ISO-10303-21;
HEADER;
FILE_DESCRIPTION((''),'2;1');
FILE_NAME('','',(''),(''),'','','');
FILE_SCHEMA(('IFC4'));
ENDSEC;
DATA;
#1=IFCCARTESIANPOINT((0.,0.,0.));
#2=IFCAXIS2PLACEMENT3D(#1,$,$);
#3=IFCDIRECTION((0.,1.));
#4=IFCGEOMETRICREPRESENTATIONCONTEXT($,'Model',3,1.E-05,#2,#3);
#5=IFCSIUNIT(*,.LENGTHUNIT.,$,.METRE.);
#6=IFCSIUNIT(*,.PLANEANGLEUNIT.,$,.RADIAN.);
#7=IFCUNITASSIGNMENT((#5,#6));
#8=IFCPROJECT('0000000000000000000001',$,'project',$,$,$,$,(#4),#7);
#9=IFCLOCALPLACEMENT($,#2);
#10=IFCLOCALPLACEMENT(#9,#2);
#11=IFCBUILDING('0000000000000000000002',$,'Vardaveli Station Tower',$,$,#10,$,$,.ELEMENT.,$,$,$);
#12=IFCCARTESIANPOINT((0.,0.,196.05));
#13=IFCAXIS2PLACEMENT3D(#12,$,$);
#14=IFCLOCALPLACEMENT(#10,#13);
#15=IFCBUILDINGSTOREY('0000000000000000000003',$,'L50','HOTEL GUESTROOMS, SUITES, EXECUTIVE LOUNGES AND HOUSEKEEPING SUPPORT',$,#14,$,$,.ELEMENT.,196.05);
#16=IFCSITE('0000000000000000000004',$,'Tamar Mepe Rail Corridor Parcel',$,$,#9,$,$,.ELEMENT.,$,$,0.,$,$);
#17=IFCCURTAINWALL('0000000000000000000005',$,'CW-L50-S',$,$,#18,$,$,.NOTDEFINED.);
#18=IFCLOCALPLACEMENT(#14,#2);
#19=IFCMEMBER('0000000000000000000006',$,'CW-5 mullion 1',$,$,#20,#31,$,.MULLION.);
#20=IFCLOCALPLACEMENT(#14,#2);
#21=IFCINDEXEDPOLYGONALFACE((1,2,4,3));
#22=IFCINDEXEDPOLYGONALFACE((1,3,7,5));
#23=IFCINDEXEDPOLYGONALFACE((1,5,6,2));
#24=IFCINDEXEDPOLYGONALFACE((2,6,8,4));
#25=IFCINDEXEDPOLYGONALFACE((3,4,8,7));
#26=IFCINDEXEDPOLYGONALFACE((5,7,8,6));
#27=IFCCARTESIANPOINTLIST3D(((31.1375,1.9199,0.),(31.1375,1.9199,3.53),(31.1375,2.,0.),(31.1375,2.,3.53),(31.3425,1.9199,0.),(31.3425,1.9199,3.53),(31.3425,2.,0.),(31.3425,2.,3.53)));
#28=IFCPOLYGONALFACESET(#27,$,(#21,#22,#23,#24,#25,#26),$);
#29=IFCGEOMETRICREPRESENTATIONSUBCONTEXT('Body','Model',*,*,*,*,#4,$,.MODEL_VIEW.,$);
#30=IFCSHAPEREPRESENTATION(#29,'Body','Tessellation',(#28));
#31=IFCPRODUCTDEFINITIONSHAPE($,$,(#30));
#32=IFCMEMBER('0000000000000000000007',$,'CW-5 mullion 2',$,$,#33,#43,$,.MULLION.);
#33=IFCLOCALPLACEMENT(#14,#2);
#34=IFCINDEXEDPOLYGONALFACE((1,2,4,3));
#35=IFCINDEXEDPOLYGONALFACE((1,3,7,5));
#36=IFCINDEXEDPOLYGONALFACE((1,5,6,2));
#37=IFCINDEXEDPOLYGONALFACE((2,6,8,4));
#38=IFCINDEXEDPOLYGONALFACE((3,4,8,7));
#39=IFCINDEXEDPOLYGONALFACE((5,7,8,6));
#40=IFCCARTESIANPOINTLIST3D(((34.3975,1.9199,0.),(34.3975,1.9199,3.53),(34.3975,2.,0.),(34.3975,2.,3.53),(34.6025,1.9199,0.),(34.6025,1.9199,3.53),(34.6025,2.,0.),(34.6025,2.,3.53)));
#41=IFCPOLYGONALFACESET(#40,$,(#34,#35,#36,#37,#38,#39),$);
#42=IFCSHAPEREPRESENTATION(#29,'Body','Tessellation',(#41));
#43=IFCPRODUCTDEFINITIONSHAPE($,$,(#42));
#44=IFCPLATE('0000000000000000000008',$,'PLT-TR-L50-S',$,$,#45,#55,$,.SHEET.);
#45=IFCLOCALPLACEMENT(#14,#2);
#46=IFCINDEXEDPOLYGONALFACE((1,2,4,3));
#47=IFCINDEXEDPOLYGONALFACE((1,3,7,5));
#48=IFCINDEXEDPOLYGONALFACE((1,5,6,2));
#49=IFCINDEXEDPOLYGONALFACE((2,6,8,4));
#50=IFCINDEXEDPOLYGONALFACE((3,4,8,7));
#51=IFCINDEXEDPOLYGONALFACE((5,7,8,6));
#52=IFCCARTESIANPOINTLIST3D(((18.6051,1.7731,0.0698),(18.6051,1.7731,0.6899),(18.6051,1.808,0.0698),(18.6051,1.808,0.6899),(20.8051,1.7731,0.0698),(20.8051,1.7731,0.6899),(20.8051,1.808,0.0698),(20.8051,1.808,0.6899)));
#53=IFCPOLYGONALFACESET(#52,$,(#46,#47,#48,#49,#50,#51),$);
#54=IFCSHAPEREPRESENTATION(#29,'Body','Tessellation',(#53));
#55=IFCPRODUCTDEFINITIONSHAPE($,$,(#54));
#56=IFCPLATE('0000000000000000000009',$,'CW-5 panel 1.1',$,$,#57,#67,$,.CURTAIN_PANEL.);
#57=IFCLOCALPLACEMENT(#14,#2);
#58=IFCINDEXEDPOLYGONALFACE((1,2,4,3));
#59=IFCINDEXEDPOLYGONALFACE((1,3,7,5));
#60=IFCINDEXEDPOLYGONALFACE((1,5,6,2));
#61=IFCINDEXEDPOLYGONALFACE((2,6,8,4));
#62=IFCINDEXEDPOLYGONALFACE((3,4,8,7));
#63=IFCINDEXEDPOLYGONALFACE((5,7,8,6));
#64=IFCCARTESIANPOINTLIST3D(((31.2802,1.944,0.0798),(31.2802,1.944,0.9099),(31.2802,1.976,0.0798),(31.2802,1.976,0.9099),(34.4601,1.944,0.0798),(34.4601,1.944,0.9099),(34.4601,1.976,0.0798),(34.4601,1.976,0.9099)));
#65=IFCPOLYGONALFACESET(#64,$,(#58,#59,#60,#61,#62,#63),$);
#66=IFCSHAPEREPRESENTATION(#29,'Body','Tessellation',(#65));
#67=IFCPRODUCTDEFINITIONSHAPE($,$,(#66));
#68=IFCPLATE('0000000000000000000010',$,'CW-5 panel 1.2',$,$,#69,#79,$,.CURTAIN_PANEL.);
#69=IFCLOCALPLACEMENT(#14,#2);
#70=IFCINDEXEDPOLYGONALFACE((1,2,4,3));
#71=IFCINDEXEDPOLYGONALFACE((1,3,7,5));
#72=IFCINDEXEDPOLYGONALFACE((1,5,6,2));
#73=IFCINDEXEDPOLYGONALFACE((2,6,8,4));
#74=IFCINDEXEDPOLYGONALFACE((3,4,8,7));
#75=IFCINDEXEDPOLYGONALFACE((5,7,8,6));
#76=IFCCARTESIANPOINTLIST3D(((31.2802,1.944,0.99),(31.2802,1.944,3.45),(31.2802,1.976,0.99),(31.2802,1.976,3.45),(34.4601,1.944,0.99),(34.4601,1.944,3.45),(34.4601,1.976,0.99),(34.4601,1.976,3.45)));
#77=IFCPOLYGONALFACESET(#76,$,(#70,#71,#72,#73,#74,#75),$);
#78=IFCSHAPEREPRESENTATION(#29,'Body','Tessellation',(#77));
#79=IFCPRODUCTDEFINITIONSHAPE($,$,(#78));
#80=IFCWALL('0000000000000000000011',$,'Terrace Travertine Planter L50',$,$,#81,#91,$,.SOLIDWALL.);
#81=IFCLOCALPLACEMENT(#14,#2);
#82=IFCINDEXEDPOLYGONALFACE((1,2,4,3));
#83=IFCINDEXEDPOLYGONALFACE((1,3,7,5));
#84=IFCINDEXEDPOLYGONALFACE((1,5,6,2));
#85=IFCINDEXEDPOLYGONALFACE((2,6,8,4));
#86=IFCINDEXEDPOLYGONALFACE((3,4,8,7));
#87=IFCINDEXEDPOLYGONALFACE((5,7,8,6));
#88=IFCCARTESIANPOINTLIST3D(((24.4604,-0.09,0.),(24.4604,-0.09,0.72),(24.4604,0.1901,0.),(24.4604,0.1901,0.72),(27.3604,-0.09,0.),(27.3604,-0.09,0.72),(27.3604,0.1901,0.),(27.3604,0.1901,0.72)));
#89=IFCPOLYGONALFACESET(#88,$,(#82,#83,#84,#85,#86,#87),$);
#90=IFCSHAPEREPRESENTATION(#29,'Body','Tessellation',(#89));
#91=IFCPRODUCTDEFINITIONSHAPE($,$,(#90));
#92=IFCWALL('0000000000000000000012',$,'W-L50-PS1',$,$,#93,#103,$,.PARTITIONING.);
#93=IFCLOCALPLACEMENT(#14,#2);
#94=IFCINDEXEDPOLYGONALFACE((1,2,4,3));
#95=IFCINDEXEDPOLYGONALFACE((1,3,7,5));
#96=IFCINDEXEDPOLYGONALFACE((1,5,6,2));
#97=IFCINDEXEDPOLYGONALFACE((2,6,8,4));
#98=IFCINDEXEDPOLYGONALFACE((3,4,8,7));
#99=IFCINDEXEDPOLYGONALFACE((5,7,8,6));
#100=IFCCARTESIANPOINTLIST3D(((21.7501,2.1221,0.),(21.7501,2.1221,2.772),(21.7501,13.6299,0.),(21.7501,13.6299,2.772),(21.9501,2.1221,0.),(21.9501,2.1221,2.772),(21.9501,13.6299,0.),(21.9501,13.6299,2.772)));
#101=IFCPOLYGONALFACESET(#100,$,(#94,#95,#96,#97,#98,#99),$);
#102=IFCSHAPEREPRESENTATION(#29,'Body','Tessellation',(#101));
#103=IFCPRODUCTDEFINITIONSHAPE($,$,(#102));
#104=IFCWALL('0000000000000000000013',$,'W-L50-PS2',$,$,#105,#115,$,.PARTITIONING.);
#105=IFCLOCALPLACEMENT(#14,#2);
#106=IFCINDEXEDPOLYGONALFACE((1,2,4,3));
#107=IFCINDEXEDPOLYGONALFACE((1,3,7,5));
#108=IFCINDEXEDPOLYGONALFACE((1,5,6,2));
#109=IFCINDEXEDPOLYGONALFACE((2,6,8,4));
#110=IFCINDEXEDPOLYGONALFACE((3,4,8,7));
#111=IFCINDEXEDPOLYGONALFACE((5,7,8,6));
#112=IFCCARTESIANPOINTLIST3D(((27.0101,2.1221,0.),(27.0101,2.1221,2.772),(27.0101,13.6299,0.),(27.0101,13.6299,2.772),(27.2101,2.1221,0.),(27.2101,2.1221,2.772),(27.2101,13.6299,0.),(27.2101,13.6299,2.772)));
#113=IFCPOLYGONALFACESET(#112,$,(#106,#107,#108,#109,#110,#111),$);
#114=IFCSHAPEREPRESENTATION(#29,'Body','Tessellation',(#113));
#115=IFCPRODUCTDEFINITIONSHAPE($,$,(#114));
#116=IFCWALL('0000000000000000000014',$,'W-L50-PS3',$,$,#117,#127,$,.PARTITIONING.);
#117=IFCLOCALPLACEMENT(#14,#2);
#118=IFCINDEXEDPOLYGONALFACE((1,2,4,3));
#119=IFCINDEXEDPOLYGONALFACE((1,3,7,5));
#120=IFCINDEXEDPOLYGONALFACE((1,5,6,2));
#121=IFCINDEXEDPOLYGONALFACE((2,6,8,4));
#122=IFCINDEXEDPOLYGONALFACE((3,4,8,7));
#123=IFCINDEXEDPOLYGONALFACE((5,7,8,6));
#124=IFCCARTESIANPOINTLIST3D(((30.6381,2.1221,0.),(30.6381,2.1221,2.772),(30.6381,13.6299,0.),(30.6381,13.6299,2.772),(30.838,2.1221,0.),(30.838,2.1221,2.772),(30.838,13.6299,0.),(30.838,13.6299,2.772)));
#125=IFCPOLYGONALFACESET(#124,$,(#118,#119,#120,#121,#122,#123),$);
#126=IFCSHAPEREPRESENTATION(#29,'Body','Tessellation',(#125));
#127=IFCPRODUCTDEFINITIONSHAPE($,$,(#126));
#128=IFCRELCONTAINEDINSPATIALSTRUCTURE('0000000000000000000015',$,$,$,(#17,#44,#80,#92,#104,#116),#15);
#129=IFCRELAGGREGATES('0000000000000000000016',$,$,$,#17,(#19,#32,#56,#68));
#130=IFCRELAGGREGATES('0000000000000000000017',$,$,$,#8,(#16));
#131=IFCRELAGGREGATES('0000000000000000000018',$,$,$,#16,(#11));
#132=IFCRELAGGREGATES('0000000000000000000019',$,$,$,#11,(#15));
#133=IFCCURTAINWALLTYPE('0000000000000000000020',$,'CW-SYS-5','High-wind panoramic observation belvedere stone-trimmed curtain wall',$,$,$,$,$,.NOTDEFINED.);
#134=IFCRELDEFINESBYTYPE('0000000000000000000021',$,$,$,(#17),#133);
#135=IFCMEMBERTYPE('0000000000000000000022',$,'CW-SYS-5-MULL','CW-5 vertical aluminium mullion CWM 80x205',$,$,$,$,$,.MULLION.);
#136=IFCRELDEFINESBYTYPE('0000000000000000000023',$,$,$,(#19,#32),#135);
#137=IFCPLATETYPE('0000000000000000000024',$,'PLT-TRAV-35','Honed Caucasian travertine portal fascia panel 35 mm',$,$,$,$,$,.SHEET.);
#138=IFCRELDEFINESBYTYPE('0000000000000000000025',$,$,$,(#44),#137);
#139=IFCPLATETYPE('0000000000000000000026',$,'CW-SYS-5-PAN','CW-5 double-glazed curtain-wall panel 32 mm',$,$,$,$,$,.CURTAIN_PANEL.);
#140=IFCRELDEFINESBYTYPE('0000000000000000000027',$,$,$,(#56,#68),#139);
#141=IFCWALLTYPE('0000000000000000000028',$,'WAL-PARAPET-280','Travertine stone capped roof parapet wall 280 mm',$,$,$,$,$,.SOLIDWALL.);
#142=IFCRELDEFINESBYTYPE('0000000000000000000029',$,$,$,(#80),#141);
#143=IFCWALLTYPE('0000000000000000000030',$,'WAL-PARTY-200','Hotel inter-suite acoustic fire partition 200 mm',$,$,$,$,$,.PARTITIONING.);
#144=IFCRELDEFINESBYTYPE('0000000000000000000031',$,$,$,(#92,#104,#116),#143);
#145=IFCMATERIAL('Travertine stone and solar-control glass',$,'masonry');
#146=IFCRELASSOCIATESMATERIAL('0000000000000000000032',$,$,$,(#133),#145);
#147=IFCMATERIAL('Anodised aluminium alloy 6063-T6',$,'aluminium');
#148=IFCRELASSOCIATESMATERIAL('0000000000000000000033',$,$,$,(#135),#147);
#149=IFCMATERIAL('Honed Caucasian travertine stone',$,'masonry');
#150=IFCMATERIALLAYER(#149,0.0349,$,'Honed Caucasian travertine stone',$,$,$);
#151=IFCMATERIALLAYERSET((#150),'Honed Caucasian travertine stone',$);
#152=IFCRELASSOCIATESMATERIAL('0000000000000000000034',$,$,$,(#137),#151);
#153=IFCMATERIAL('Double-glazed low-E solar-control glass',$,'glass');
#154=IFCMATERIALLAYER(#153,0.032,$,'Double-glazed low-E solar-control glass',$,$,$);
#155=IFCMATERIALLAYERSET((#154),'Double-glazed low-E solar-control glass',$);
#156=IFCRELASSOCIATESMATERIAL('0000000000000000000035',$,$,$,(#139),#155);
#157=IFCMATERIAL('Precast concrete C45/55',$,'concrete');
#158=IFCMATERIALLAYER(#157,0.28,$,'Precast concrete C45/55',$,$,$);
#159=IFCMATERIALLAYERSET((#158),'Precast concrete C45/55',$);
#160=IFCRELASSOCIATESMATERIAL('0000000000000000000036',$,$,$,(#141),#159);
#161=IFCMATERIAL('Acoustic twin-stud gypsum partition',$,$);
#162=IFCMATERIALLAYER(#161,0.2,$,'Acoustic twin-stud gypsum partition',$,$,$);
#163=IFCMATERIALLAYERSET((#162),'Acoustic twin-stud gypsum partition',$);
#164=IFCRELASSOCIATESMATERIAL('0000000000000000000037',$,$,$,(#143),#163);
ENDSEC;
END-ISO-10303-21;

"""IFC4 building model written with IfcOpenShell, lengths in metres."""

from ifc_helpers import new_model, si_unit, direction, frame, frame_2d, origin, origin_2d, place, context, subcontext, project, spatial, rectangle, extrude, source, transform, mapped, material, layer, layer_set, material_profile, profile_set, type_object, element, aggregate, save


model = new_model("IFC4")

# Units and contexts
model_context = context("Model", 3, precision=1e-05, world=origin(), true_north=direction((0.0, 1.0)))
body_context = subcontext(model_context, "Body", "Model", "MODEL_VIEW")
ifc_project = project(units=[si_unit("LENGTHUNIT", "METRE"), si_unit("PLANEANGLEUNIT", "RADIAN")], contexts=[model_context])

# Site, building, storey
site_placement = place(None, origin())
site = spatial("IfcSite", under=ifc_project, at=site_placement, Name="Tamar Mepe Rail Corridor Parcel", CompositionType="ELEMENT", RefElevation=0.0)
building_placement = place(site_placement, origin())
building = spatial("IfcBuilding", under=site, at=building_placement, Name="Vardaveli Station Tower", CompositionType="ELEMENT")
storey_placement = place(building_placement, frame((0.0, 0.0, 196.05)))
storey = spatial("IfcBuildingStorey", under=building, at=storey_placement, Name="L50", Description="HOTEL GUESTROOMS, SUITES, EXECUTIVE LOUNGES AND HOUSEKEEPING SUPPORT", CompositionType="ELEMENT", Elevation=196.05)

# Shared definitions
ifc_material_1 = material(Name="Precast concrete C45/55", Category="concrete")

# Curtain wall, members
ifc_material_2 = material(Name="Travertine stone and solar-control glass", Category="masonry")
curtain_wall_type = type_object("IfcCurtainWallType", Name="CW-SYS-5", Description="High-wind panoramic observation belvedere stone-trimmed curtain wall", PredefinedType="NOTDEFINED", material=ifc_material_2)
curtain_wall_placement = place(storey_placement, origin())
curtain_wall = element("IfcCurtainWall", 1, at=curtain_wall_placement, inside=storey, type_object=curtain_wall_type, Name="CW-L50-S", PredefinedType="NOTDEFINED")
ifc_material_3 = material(Name="Anodised aluminium alloy 6063-T6", Category="aluminium")
ifc_material_profile_1 = material_profile(ifc_material_3, rectangle(XDim=0.0801, YDim=0.2051, at=origin_2d()), Name="CWM 80x205")
ifc_profile_set_1 = profile_set([ifc_material_profile_1], Name="Anodised aluminium alloy 6063-T6")
member_type_1 = type_object("IfcMemberType", Name="CW-SYS-5-MULL", Description="CW-5 vertical aluminium mullion CWM 80x205", PredefinedType="MULLION", material=ifc_profile_set_1)
shared_shape_1 = source(origin(), body_context, "Body", "SweptSolid", [
    extrude(rectangle(XDim=0.0801, YDim=0.2051, at=origin_2d()), origin(), (0.0, 0.0, 1.0), 3.53),
])
member_1_placement = place(storey_placement, frame((31.24, 1.96, 0.0), z_axis=(0.0, 0.0, 1.0), x_axis=(0.0, 1.0, 0.0)))
member_1 = element("IfcMember", 2, at=member_1_placement, type_object=member_type_1, Name="CW-5 mullion 1", PredefinedType="MULLION", context=body_context, shape_type="MappedRepresentation", body=[
    mapped(shared_shape_1, transform((0.0, 0.0, 0.0), scale=1.0)),
])
member_2_placement = place(storey_placement, frame((34.5, 1.96, 0.0), z_axis=(0.0, 0.0, 1.0), x_axis=(0.0, 1.0, 0.0)))
member_2 = element("IfcMember", 3, at=member_2_placement, type_object=member_type_1, Name="CW-5 mullion 2", PredefinedType="MULLION", context=body_context, shape_type="MappedRepresentation", body=[
    mapped(shared_shape_1, transform((0.0, 0.0, 0.0), scale=1.0)),
])

# Plates
ifc_material_4 = material(Name="Honed Caucasian travertine stone", Category="masonry")
ifc_layer_1 = layer(ifc_material_4, 0.0349, Name="Honed Caucasian travertine stone")
ifc_layer_set_1 = layer_set([ifc_layer_1], Name="Honed Caucasian travertine stone")
plate_type_1 = type_object("IfcPlateType", Name="PLT-TRAV-35", Description="Honed Caucasian travertine portal fascia panel 35 mm", PredefinedType="SHEET", material=ifc_layer_set_1)
shared_shape_2 = source(origin(), body_context, "Body", "SweptSolid", [
    extrude(rectangle(XDim=2.2, YDim=0.0349, at=origin_2d()), origin(), (0.0, 0.0, 1.0), 0.6201),
])
plate_1_placement = place(storey_placement, frame((19.7051, 1.7905, 0.0698), z_axis=(0.0, 0.0, 1.0), x_axis=(1.0, 0.0, 0.0)))
element("IfcPlate", 4, at=plate_1_placement, inside=storey, type_object=plate_type_1, Name="PLT-TR-L50-S", PredefinedType="SHEET", context=body_context, shape_type="MappedRepresentation", body=[
    mapped(shared_shape_2, transform((0.0, 0.0, 0.0), scale=1.0)),
])
ifc_material_5 = material(Name="Double-glazed low-E solar-control glass", Category="glass")
ifc_layer_2 = layer(ifc_material_5, 0.032, Name="Double-glazed low-E solar-control glass")
ifc_layer_set_2 = layer_set([ifc_layer_2], Name="Double-glazed low-E solar-control glass")
plate_type_2 = type_object("IfcPlateType", Name="CW-SYS-5-PAN", Description="CW-5 double-glazed curtain-wall panel 32 mm", PredefinedType="CURTAIN_PANEL", material=ifc_layer_set_2)
shared_shape_3 = source(origin(), body_context, "Body", "SweptSolid", [
    extrude(rectangle(XDim=3.1799, YDim=0.032, at=origin_2d()), origin(), (0.0, 0.0, 1.0), 0.8301),
])
plate_2_placement = place(storey_placement, frame((32.8701, 1.96, 0.0798), z_axis=(0.0, 0.0, 1.0), x_axis=(1.0, 0.0, 0.0)))
plate_2 = element("IfcPlate", 5, at=plate_2_placement, type_object=plate_type_2, Name="CW-5 panel 1.1", PredefinedType="CURTAIN_PANEL", context=body_context, shape_type="MappedRepresentation", body=[
    mapped(shared_shape_3, transform((0.0, 0.0, 0.0), scale=1.0)),
])
shared_shape_4 = source(origin(), body_context, "Body", "SweptSolid", [
    extrude(rectangle(XDim=3.1799, YDim=0.032, at=origin_2d()), origin(), (0.0, 0.0, 1.0), 2.46),
])
plate_3_placement = place(storey_placement, frame((32.8701, 1.96, 0.99), z_axis=(0.0, 0.0, 1.0), x_axis=(1.0, 0.0, 0.0)))
plate_3 = element("IfcPlate", 6, at=plate_3_placement, type_object=plate_type_2, Name="CW-5 panel 1.2", PredefinedType="CURTAIN_PANEL", context=body_context, shape_type="MappedRepresentation", body=[
    mapped(shared_shape_4, transform((0.0, 0.0, 0.0), scale=1.0)),
])
aggregate(curtain_wall, [member_1, member_2, plate_2, plate_3])

# Walls
ifc_layer_3 = layer(ifc_material_1, 0.28, Name="Precast concrete C45/55")
ifc_layer_set_3 = layer_set([ifc_layer_3], Name="Precast concrete C45/55")
wall_type_1 = type_object("IfcWallType", Name="WAL-PARAPET-280", Description="Travertine stone capped roof parapet wall 280 mm", PredefinedType="SOLIDWALL", material=ifc_layer_set_3)
shared_shape_5 = source(origin(), body_context, "Body", "SweptSolid", [
    extrude(rectangle(XDim=2.8999, YDim=0.28, at=frame_2d((1.45, 0.0))), origin(), (0.0, 0.0, 1.0), 0.72),
])
wall_placement = place(storey_placement, frame((24.4604, 0.05, 0.0), z_axis=(0.0, 0.0, 1.0), x_axis=(1.0, 0.0, 0.0)))
element("IfcWall", 7, at=wall_placement, inside=storey, type_object=wall_type_1, Name="Terrace Travertine Planter L50", PredefinedType="SOLIDWALL", context=body_context, shape_type="MappedRepresentation", body=[
    mapped(shared_shape_5, transform((0.0, 0.0, 0.0), scale=1.0)),
])
ifc_material_6 = material(Name="Acoustic twin-stud gypsum partition")
ifc_layer_4 = layer(ifc_material_6, 0.2, Name="Acoustic twin-stud gypsum partition")
ifc_layer_set_4 = layer_set([ifc_layer_4], Name="Acoustic twin-stud gypsum partition")
wall_type_2 = type_object("IfcWallType", Name="WAL-PARTY-200", Description="Hotel inter-suite acoustic fire partition 200 mm", PredefinedType="PARTITIONING", material=ifc_layer_set_4)
shared_shape_6 = source(origin(), body_context, "Body", "SweptSolid", [
    extrude(rectangle(XDim=11.5078, YDim=0.2, at=frame_2d((5.7539, 0.0))), origin(), (0.0, 0.0, 1.0), 2.772),
])
for number, where, z_axis, x_axis, name in (
    (8, (21.8501, 2.1221, 0.0), (0.0, 0.0, 1.0), (0.0, 1.0, 0.0), "W-L50-PS1"),
    (9, (27.1101, 2.1221, 0.0), (0.0, 0.0, 1.0), (0.0, 1.0, 0.0), "W-L50-PS2"),
    (10, (30.738, 2.1221, 0.0), (0.0, 0.0, 1.0), (0.0, 1.0, 0.0), "W-L50-PS3"),
):
    element("IfcWall", number, at=place(storey_placement, frame(where, z_axis=z_axis, x_axis=x_axis)), inside=storey, type_object=wall_type_2, Name=name, PredefinedType="PARTITIONING", context=body_context, shape_type="MappedRepresentation", body=[
        mapped(shared_shape_6, transform((0.0, 0.0, 0.0), scale=1.0)),
    ])

save(model, "model.ifc")
